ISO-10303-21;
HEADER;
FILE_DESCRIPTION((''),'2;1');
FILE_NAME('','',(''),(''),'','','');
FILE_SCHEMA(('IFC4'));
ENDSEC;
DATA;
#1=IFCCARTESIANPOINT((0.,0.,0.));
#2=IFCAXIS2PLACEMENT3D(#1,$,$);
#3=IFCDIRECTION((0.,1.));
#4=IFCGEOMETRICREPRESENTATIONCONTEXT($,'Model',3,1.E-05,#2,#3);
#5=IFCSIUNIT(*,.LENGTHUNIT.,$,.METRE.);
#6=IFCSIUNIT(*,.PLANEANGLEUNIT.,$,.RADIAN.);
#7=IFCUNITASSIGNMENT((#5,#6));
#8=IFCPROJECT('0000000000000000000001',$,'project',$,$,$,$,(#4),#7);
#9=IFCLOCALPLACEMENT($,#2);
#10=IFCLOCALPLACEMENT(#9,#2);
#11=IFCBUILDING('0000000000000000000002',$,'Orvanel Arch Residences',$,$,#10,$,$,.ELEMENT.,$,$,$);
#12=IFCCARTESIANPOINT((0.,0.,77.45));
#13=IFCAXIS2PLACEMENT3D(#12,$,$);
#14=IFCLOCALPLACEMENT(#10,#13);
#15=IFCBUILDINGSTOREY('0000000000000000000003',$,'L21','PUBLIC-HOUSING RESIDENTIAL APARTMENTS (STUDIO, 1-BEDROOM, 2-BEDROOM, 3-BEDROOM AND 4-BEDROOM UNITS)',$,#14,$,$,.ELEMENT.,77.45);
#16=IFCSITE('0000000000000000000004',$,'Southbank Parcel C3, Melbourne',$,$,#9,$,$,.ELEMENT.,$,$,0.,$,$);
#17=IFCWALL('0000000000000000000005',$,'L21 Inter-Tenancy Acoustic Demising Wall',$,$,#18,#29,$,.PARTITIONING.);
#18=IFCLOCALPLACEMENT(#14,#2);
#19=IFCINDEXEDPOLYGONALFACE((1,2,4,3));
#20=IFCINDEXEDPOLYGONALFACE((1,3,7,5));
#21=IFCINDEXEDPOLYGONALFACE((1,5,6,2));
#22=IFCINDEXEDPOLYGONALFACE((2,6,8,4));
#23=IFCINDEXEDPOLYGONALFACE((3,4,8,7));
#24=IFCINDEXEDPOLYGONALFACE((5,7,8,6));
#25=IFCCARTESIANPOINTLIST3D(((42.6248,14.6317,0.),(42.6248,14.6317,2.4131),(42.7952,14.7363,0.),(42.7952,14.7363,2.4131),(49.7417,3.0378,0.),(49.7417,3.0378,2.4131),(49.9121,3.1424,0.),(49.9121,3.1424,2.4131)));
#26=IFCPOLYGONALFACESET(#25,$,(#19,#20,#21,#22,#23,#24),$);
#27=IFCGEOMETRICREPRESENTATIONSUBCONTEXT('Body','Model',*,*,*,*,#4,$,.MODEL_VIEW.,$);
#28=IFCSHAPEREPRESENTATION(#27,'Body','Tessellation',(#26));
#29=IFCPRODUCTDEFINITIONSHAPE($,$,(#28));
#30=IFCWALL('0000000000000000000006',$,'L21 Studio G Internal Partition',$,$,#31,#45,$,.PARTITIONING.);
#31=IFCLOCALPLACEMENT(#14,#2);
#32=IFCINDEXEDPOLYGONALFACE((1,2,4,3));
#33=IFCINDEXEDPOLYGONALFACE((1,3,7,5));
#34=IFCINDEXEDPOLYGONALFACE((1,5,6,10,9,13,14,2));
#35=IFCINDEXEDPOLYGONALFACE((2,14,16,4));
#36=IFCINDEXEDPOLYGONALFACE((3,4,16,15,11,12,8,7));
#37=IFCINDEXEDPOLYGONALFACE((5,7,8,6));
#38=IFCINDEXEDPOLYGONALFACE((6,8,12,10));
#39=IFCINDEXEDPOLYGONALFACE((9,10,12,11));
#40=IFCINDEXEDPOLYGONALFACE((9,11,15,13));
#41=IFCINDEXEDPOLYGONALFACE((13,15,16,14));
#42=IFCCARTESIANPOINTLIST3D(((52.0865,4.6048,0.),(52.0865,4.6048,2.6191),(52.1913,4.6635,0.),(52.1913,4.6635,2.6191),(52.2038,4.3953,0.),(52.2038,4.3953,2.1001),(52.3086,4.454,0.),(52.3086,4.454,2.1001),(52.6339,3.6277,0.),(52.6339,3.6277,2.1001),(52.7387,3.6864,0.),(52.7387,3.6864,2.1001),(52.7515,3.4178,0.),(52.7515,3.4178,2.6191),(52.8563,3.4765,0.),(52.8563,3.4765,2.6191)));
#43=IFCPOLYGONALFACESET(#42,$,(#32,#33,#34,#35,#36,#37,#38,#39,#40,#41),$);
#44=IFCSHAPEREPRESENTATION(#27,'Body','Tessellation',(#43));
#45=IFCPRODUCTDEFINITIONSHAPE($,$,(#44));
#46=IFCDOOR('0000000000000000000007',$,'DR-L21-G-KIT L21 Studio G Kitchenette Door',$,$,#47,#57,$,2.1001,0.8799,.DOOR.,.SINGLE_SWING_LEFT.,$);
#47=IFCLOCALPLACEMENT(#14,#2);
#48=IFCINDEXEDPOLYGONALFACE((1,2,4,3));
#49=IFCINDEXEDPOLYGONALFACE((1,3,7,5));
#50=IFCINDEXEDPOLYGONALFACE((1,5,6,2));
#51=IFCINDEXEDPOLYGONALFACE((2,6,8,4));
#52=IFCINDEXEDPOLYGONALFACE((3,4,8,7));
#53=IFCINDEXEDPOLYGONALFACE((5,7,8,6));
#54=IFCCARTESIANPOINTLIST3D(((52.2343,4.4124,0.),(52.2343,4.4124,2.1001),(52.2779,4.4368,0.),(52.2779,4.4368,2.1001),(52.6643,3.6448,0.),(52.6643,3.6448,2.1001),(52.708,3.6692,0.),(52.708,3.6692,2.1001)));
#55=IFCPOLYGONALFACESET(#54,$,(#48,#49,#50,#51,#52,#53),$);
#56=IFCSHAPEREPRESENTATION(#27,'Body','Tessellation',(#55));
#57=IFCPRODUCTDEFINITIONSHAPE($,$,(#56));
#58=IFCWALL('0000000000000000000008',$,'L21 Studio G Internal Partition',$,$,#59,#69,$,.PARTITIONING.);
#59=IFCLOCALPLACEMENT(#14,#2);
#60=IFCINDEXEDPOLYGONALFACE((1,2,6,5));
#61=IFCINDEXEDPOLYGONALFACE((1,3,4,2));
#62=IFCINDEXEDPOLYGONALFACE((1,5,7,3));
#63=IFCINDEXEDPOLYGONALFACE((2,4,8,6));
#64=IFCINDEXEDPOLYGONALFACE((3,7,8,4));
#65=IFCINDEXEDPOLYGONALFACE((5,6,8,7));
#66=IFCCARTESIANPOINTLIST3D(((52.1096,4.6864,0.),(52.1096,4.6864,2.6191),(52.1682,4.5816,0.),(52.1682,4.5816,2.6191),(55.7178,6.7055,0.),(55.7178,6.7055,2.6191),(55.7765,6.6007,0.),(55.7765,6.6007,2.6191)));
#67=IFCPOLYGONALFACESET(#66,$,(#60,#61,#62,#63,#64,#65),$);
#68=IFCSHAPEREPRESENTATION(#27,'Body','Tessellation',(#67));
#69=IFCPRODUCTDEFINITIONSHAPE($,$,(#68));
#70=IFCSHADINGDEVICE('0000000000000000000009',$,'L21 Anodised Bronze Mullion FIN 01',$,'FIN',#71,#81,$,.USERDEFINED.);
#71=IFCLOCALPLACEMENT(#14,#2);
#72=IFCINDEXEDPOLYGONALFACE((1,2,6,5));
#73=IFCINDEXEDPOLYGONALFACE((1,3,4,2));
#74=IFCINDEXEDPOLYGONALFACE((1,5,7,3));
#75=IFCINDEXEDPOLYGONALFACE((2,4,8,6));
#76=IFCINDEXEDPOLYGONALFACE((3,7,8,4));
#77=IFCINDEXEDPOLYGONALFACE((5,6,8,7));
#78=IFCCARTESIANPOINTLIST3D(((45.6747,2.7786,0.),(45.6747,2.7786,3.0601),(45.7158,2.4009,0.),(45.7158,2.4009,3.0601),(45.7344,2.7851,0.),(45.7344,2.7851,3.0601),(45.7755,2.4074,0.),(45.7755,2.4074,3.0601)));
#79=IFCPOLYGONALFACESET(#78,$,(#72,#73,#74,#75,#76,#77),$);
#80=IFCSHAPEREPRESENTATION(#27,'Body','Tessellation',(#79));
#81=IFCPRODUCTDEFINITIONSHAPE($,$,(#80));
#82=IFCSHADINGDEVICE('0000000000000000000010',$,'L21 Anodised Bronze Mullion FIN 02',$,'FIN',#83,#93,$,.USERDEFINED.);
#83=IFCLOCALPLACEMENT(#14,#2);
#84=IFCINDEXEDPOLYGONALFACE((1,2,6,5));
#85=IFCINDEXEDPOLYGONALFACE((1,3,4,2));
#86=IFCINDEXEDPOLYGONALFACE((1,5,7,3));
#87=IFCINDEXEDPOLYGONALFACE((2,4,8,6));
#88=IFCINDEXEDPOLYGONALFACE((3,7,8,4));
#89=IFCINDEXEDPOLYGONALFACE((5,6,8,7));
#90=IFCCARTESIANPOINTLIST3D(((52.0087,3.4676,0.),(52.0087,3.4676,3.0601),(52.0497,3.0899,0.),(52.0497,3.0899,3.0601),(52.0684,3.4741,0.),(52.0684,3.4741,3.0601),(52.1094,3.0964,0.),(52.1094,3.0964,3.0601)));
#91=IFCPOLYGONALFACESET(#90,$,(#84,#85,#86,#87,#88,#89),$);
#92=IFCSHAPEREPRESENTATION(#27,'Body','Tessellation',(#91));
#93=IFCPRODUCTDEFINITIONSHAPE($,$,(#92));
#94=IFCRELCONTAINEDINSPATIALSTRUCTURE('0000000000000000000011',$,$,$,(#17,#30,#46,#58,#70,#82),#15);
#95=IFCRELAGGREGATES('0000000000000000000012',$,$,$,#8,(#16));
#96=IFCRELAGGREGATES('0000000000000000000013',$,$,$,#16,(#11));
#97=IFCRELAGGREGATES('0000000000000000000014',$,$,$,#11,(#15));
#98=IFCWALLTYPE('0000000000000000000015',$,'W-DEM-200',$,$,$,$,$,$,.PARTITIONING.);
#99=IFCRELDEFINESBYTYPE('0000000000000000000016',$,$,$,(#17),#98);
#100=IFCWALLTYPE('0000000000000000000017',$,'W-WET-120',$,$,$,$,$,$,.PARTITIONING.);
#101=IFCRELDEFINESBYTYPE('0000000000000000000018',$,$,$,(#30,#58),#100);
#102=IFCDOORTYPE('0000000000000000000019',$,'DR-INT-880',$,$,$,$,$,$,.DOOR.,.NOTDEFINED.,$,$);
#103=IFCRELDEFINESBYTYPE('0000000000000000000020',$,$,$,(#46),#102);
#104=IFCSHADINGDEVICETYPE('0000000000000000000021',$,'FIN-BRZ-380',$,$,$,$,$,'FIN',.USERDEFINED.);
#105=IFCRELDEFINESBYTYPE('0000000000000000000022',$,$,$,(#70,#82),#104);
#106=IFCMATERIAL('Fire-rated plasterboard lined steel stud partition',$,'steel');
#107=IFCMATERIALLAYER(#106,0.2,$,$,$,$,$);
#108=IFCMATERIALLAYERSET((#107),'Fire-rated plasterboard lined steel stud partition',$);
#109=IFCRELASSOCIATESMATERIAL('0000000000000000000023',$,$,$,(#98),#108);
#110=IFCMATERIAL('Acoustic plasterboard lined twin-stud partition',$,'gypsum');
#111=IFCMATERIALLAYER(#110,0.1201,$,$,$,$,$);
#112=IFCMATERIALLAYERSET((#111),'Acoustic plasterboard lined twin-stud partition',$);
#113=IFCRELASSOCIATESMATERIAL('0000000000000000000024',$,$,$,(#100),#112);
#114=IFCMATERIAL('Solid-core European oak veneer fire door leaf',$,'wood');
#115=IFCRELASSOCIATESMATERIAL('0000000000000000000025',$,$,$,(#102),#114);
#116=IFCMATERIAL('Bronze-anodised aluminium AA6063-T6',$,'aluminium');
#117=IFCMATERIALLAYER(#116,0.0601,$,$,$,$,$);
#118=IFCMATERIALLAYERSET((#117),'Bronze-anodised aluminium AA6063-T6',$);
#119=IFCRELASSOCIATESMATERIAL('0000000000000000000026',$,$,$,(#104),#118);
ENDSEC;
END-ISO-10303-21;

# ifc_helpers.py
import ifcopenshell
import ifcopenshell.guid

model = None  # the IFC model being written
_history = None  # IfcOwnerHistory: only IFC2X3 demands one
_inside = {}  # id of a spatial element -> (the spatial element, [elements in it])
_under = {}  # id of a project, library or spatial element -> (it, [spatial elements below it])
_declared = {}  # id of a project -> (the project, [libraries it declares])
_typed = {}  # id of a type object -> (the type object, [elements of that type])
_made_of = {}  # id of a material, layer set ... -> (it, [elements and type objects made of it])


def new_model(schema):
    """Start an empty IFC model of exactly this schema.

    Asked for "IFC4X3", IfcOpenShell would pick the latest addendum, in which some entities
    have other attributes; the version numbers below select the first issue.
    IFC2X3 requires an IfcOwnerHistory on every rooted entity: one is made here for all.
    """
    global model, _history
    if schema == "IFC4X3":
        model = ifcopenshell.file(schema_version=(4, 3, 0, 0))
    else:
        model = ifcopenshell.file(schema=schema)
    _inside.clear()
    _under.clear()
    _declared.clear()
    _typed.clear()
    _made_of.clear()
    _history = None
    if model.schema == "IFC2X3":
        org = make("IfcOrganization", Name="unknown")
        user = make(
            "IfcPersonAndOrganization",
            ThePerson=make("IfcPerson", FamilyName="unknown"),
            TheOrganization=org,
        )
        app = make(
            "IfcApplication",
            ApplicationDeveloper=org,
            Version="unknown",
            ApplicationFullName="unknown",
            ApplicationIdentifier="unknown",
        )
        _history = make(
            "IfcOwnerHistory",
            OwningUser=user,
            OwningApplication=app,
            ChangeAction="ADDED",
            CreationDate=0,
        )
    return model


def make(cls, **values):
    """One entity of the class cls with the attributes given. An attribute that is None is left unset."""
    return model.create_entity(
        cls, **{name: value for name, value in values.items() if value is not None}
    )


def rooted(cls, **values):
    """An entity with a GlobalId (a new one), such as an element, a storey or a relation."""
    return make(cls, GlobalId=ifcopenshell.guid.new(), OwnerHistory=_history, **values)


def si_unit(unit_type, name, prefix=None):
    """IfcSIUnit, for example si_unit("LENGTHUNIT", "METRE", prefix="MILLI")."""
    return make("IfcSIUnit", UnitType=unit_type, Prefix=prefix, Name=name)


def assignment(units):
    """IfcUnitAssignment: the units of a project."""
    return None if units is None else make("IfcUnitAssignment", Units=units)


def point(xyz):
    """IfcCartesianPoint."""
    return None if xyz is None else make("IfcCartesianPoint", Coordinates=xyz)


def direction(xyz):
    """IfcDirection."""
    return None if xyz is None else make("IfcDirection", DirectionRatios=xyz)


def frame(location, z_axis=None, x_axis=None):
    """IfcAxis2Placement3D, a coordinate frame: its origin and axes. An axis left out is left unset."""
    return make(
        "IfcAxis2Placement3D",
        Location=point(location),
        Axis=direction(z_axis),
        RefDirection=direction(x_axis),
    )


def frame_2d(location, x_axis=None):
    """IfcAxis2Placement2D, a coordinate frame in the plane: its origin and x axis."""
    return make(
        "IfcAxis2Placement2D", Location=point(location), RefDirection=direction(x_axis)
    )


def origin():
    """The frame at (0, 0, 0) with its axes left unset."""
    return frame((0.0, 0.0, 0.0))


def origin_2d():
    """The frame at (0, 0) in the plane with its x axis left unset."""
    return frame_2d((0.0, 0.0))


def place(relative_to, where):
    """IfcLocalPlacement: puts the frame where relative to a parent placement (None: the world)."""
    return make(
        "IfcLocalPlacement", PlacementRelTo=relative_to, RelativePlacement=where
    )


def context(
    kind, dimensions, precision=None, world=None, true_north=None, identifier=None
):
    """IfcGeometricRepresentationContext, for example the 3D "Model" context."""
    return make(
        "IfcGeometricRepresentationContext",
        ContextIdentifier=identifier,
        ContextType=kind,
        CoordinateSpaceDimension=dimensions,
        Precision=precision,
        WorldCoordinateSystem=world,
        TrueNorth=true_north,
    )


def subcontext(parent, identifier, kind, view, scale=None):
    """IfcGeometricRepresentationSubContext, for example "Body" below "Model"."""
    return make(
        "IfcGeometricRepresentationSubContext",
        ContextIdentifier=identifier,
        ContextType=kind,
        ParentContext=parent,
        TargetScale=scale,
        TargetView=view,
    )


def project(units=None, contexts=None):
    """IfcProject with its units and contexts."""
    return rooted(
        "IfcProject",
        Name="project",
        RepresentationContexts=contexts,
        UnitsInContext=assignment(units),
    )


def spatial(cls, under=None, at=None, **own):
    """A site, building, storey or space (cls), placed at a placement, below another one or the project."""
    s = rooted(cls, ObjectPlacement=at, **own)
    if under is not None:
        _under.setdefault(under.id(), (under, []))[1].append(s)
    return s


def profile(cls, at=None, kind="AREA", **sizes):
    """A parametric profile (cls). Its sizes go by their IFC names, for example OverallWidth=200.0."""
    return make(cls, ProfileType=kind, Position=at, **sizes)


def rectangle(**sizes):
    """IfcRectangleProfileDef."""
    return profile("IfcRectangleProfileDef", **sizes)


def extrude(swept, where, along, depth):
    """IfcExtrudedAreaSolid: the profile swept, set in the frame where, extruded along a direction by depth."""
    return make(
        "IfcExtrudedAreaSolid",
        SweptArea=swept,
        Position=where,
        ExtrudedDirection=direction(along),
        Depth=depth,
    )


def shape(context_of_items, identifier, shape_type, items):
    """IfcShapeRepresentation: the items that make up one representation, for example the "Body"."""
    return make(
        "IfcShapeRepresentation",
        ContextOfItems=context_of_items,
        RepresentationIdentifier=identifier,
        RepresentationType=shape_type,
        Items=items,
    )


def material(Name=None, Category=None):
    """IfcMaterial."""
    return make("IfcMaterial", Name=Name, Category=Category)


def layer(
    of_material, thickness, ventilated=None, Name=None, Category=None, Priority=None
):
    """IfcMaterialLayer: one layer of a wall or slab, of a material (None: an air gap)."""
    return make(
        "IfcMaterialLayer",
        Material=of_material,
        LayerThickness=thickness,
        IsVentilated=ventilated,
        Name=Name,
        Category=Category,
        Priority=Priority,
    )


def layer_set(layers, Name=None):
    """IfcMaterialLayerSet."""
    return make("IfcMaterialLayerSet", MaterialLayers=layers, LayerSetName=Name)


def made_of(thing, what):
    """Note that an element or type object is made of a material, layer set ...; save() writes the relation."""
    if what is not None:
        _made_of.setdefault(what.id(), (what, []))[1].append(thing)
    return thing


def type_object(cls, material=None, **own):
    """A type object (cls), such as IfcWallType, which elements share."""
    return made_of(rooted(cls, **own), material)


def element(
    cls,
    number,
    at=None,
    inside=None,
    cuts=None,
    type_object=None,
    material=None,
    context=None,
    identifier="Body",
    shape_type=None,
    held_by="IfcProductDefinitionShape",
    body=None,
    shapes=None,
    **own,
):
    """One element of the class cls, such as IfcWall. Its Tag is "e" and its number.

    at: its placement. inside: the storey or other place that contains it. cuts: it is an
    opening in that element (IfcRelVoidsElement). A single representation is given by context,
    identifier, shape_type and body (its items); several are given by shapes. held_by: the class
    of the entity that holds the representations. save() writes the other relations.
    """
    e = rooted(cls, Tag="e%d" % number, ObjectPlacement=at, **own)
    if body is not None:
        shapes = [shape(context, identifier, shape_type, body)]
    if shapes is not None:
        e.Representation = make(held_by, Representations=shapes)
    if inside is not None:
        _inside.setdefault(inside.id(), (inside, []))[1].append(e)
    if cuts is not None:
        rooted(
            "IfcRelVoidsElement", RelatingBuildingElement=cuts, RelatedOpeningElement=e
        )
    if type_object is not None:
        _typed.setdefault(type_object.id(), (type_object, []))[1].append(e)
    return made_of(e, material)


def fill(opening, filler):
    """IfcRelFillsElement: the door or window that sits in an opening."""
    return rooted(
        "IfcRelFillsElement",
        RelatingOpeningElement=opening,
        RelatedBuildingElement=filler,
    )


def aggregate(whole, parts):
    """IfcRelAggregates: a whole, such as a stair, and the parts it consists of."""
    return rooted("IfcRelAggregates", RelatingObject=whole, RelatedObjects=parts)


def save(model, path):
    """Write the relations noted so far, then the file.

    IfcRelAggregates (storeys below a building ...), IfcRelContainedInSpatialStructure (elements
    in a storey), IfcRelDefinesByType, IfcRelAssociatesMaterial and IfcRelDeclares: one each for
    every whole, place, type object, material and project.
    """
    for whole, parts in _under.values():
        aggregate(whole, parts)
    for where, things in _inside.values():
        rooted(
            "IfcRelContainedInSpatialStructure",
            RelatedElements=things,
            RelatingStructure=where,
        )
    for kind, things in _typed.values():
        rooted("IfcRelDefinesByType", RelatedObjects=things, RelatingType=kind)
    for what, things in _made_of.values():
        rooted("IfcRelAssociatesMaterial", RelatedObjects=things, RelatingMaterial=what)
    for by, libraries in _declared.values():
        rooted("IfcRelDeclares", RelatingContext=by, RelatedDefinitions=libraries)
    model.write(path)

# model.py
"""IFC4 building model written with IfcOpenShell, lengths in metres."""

from ifc_helpers import new_model, si_unit, direction, frame, frame_2d, origin, origin_2d, place, context, subcontext, project, spatial, rectangle, extrude, material, layer, layer_set, type_object, element, fill, save


model = new_model("IFC4")

# Units and contexts
model_context = context("Model", 3, precision=1e-05, world=origin(), true_north=direction((0.0, 1.0)))
body_context = subcontext(model_context, "Body", "Model", "MODEL_VIEW")
ifc_project = project(units=[si_unit("LENGTHUNIT", "METRE"), si_unit("PLANEANGLEUNIT", "RADIAN")], contexts=[model_context])

# Site, building, storey
site_placement = place(None, origin())
site = spatial("IfcSite", under=ifc_project, at=site_placement, Name="Southbank Parcel C3, Melbourne", CompositionType="ELEMENT", RefElevation=0.0)
building_placement = place(site_placement, origin())
building = spatial("IfcBuilding", under=site, at=building_placement, Name="Orvanel Arch Residences", CompositionType="ELEMENT")
storey_placement = place(building_placement, frame((0.0, 0.0, 77.45)))
storey = spatial("IfcBuildingStorey", under=building, at=storey_placement, Name="L21", Description="PUBLIC-HOUSING RESIDENTIAL APARTMENTS (STUDIO, 1-BEDROOM, 2-BEDROOM, 3-BEDROOM AND 4-BEDROOM UNITS)", CompositionType="ELEMENT", Elevation=77.45)

# Shared definitions
ifc_material_1 = material(Name="Bronze-anodised aluminium AA6063-T6", Category="aluminium")

# Wall
ifc_material_2 = material(Name="Fire-rated plasterboard lined steel stud partition", Category="steel")
ifc_layer_1 = layer(ifc_material_2, 0.2)
ifc_layer_set_1 = layer_set([ifc_layer_1], Name="Fire-rated plasterboard lined steel stud partition")
wall_type_1 = type_object("IfcWallType", Name="W-DEM-200", PredefinedType="PARTITIONING", material=ifc_layer_set_1)
wall_1_placement = place(storey_placement, frame((49.8269, 3.0901, 0.0), z_axis=(0.0, 0.0, 1.0), x_axis=(-0.523147, 0.852243, 0.0)))
element("IfcWall", 1, at=wall_1_placement, inside=storey, type_object=wall_type_1, Name="L21 Inter-Tenancy Acoustic Demising Wall", PredefinedType="PARTITIONING", context=body_context, shape_type="SweptSolid", body=[
    extrude(rectangle(XDim=13.604, YDim=0.2, at=frame_2d((6.802, 0.0))), origin(), (0.0, 0.0, 1.0), 2.4131),
])

# Wall, opening, door
ifc_material_3 = material(Name="Acoustic plasterboard lined twin-stud partition", Category="gypsum")
ifc_layer_2 = layer(ifc_material_3, 0.1201)
ifc_layer_set_2 = layer_set([ifc_layer_2], Name="Acoustic plasterboard lined twin-stud partition")
wall_type_2 = type_object("IfcWallType", Name="W-WET-120", PredefinedType="PARTITIONING", material=ifc_layer_set_2)
wall_2_placement = place(storey_placement, frame((52.1389, 4.634, 0.0), z_axis=(0.0, 0.0, 1.0), x_axis=(0.488778, -0.872408, 0.0)))
wall_2 = element("IfcWall", 2, at=wall_2_placement, inside=storey, type_object=wall_type_2, Name="L21 Studio G Internal Partition", PredefinedType="PARTITIONING", context=body_context, shape_type="SweptSolid", body=[
    extrude(rectangle(XDim=1.3606, YDim=0.1201, at=frame_2d((0.6802, 0.0))), origin(), (0.0, 0.0, 1.0), 2.6191),
])
opening_placement = place(wall_2_placement, frame((0.24, 0.0, 0.0)))
opening = element("IfcOpeningElement", 3, at=opening_placement, cuts=wall_2, PredefinedType="OPENING", context=body_context, shape_type="SweptSolid", body=[
    extrude(rectangle(XDim=0.8799, YDim=2.1001, at=frame_2d((0.4399, 1.05))), frame((0.0, 0.0701, 0.0), z_axis=(0.0, -1.0, 0.0), x_axis=(1.0, 0.0, 0.0)), (0.0, 0.0, 1.0), 0.1401),
])
ifc_material_4 = material(Name="Solid-core European oak veneer fire door leaf", Category="wood")
door_type = type_object("IfcDoorType", Name="DR-INT-880", OperationType="NOTDEFINED", PredefinedType="DOOR", material=ifc_material_4)
door_placement = place(opening_placement, origin())
door = element("IfcDoor", 4, at=door_placement, inside=storey, type_object=door_type, Name="DR-L21-G-KIT L21 Studio G Kitchenette Door", OperationType="SINGLE_SWING_LEFT", OverallHeight=2.1001, OverallWidth=0.8799, PredefinedType="DOOR", context=body_context, shape_type="SweptSolid", body=[
    extrude(rectangle(XDim=0.8799, YDim=2.1001, at=frame_2d((0.4399, 1.05))), frame((0.0, 0.0249, 0.0), z_axis=(0.0, -1.0, 0.0), x_axis=(1.0, 0.0, 0.0)), (0.0, 0.0, 1.0), 0.05),
])
fill(opening, door)

# Wall
wall_3_placement = place(storey_placement, frame((52.1389, 4.634, 0.0), z_axis=(0.0, 0.0, 1.0), x_axis=(0.872663, 0.488323, 0.0)))
element("IfcWall", 5, at=wall_3_placement, inside=storey, type_object=wall_type_2, Name="L21 Studio G Internal Partition", PredefinedType="PARTITIONING", context=body_context, shape_type="SweptSolid", body=[
    extrude(rectangle(XDim=4.1348, YDim=0.1201, at=frame_2d((2.0674, 0.0))), origin(), (0.0, 0.0, 1.0), 2.6191),
])

# Shading devices
ifc_layer_3 = layer(ifc_material_1, 0.0601)
ifc_layer_set_3 = layer_set([ifc_layer_3], Name="Bronze-anodised aluminium AA6063-T6")
shading_device_type = type_object("IfcShadingDeviceType", Name="FIN-BRZ-380", ElementType="FIN", PredefinedType="USERDEFINED", material=ifc_layer_set_3)
for number, where, z_axis, x_axis, name in (
    (6, (45.7251, 2.593, 0.0), (0.0, 0.0, 1.0), (0.107999, -0.994151, 0.0), "L21 Anodised Bronze Mullion FIN 01"),
    (7, (52.0591, 3.282, 0.0), (0.0, 0.0, 1.0), (0.107999, -0.994151, 0.0), "L21 Anodised Bronze Mullion FIN 02"),
):
    element("IfcShadingDevice", number, at=place(storey_placement, frame(where, z_axis=z_axis, x_axis=x_axis)), inside=storey, type_object=shading_device_type, Name=name, ObjectType="FIN", PredefinedType="USERDEFINED", context=body_context, shape_type="SweptSolid", body=[
        extrude(rectangle(XDim=0.3799, YDim=0.0601, at=origin_2d()), origin(), (0.0, 0.0, 1.0), 3.0601),
    ])

save(model, "model.ifc")
